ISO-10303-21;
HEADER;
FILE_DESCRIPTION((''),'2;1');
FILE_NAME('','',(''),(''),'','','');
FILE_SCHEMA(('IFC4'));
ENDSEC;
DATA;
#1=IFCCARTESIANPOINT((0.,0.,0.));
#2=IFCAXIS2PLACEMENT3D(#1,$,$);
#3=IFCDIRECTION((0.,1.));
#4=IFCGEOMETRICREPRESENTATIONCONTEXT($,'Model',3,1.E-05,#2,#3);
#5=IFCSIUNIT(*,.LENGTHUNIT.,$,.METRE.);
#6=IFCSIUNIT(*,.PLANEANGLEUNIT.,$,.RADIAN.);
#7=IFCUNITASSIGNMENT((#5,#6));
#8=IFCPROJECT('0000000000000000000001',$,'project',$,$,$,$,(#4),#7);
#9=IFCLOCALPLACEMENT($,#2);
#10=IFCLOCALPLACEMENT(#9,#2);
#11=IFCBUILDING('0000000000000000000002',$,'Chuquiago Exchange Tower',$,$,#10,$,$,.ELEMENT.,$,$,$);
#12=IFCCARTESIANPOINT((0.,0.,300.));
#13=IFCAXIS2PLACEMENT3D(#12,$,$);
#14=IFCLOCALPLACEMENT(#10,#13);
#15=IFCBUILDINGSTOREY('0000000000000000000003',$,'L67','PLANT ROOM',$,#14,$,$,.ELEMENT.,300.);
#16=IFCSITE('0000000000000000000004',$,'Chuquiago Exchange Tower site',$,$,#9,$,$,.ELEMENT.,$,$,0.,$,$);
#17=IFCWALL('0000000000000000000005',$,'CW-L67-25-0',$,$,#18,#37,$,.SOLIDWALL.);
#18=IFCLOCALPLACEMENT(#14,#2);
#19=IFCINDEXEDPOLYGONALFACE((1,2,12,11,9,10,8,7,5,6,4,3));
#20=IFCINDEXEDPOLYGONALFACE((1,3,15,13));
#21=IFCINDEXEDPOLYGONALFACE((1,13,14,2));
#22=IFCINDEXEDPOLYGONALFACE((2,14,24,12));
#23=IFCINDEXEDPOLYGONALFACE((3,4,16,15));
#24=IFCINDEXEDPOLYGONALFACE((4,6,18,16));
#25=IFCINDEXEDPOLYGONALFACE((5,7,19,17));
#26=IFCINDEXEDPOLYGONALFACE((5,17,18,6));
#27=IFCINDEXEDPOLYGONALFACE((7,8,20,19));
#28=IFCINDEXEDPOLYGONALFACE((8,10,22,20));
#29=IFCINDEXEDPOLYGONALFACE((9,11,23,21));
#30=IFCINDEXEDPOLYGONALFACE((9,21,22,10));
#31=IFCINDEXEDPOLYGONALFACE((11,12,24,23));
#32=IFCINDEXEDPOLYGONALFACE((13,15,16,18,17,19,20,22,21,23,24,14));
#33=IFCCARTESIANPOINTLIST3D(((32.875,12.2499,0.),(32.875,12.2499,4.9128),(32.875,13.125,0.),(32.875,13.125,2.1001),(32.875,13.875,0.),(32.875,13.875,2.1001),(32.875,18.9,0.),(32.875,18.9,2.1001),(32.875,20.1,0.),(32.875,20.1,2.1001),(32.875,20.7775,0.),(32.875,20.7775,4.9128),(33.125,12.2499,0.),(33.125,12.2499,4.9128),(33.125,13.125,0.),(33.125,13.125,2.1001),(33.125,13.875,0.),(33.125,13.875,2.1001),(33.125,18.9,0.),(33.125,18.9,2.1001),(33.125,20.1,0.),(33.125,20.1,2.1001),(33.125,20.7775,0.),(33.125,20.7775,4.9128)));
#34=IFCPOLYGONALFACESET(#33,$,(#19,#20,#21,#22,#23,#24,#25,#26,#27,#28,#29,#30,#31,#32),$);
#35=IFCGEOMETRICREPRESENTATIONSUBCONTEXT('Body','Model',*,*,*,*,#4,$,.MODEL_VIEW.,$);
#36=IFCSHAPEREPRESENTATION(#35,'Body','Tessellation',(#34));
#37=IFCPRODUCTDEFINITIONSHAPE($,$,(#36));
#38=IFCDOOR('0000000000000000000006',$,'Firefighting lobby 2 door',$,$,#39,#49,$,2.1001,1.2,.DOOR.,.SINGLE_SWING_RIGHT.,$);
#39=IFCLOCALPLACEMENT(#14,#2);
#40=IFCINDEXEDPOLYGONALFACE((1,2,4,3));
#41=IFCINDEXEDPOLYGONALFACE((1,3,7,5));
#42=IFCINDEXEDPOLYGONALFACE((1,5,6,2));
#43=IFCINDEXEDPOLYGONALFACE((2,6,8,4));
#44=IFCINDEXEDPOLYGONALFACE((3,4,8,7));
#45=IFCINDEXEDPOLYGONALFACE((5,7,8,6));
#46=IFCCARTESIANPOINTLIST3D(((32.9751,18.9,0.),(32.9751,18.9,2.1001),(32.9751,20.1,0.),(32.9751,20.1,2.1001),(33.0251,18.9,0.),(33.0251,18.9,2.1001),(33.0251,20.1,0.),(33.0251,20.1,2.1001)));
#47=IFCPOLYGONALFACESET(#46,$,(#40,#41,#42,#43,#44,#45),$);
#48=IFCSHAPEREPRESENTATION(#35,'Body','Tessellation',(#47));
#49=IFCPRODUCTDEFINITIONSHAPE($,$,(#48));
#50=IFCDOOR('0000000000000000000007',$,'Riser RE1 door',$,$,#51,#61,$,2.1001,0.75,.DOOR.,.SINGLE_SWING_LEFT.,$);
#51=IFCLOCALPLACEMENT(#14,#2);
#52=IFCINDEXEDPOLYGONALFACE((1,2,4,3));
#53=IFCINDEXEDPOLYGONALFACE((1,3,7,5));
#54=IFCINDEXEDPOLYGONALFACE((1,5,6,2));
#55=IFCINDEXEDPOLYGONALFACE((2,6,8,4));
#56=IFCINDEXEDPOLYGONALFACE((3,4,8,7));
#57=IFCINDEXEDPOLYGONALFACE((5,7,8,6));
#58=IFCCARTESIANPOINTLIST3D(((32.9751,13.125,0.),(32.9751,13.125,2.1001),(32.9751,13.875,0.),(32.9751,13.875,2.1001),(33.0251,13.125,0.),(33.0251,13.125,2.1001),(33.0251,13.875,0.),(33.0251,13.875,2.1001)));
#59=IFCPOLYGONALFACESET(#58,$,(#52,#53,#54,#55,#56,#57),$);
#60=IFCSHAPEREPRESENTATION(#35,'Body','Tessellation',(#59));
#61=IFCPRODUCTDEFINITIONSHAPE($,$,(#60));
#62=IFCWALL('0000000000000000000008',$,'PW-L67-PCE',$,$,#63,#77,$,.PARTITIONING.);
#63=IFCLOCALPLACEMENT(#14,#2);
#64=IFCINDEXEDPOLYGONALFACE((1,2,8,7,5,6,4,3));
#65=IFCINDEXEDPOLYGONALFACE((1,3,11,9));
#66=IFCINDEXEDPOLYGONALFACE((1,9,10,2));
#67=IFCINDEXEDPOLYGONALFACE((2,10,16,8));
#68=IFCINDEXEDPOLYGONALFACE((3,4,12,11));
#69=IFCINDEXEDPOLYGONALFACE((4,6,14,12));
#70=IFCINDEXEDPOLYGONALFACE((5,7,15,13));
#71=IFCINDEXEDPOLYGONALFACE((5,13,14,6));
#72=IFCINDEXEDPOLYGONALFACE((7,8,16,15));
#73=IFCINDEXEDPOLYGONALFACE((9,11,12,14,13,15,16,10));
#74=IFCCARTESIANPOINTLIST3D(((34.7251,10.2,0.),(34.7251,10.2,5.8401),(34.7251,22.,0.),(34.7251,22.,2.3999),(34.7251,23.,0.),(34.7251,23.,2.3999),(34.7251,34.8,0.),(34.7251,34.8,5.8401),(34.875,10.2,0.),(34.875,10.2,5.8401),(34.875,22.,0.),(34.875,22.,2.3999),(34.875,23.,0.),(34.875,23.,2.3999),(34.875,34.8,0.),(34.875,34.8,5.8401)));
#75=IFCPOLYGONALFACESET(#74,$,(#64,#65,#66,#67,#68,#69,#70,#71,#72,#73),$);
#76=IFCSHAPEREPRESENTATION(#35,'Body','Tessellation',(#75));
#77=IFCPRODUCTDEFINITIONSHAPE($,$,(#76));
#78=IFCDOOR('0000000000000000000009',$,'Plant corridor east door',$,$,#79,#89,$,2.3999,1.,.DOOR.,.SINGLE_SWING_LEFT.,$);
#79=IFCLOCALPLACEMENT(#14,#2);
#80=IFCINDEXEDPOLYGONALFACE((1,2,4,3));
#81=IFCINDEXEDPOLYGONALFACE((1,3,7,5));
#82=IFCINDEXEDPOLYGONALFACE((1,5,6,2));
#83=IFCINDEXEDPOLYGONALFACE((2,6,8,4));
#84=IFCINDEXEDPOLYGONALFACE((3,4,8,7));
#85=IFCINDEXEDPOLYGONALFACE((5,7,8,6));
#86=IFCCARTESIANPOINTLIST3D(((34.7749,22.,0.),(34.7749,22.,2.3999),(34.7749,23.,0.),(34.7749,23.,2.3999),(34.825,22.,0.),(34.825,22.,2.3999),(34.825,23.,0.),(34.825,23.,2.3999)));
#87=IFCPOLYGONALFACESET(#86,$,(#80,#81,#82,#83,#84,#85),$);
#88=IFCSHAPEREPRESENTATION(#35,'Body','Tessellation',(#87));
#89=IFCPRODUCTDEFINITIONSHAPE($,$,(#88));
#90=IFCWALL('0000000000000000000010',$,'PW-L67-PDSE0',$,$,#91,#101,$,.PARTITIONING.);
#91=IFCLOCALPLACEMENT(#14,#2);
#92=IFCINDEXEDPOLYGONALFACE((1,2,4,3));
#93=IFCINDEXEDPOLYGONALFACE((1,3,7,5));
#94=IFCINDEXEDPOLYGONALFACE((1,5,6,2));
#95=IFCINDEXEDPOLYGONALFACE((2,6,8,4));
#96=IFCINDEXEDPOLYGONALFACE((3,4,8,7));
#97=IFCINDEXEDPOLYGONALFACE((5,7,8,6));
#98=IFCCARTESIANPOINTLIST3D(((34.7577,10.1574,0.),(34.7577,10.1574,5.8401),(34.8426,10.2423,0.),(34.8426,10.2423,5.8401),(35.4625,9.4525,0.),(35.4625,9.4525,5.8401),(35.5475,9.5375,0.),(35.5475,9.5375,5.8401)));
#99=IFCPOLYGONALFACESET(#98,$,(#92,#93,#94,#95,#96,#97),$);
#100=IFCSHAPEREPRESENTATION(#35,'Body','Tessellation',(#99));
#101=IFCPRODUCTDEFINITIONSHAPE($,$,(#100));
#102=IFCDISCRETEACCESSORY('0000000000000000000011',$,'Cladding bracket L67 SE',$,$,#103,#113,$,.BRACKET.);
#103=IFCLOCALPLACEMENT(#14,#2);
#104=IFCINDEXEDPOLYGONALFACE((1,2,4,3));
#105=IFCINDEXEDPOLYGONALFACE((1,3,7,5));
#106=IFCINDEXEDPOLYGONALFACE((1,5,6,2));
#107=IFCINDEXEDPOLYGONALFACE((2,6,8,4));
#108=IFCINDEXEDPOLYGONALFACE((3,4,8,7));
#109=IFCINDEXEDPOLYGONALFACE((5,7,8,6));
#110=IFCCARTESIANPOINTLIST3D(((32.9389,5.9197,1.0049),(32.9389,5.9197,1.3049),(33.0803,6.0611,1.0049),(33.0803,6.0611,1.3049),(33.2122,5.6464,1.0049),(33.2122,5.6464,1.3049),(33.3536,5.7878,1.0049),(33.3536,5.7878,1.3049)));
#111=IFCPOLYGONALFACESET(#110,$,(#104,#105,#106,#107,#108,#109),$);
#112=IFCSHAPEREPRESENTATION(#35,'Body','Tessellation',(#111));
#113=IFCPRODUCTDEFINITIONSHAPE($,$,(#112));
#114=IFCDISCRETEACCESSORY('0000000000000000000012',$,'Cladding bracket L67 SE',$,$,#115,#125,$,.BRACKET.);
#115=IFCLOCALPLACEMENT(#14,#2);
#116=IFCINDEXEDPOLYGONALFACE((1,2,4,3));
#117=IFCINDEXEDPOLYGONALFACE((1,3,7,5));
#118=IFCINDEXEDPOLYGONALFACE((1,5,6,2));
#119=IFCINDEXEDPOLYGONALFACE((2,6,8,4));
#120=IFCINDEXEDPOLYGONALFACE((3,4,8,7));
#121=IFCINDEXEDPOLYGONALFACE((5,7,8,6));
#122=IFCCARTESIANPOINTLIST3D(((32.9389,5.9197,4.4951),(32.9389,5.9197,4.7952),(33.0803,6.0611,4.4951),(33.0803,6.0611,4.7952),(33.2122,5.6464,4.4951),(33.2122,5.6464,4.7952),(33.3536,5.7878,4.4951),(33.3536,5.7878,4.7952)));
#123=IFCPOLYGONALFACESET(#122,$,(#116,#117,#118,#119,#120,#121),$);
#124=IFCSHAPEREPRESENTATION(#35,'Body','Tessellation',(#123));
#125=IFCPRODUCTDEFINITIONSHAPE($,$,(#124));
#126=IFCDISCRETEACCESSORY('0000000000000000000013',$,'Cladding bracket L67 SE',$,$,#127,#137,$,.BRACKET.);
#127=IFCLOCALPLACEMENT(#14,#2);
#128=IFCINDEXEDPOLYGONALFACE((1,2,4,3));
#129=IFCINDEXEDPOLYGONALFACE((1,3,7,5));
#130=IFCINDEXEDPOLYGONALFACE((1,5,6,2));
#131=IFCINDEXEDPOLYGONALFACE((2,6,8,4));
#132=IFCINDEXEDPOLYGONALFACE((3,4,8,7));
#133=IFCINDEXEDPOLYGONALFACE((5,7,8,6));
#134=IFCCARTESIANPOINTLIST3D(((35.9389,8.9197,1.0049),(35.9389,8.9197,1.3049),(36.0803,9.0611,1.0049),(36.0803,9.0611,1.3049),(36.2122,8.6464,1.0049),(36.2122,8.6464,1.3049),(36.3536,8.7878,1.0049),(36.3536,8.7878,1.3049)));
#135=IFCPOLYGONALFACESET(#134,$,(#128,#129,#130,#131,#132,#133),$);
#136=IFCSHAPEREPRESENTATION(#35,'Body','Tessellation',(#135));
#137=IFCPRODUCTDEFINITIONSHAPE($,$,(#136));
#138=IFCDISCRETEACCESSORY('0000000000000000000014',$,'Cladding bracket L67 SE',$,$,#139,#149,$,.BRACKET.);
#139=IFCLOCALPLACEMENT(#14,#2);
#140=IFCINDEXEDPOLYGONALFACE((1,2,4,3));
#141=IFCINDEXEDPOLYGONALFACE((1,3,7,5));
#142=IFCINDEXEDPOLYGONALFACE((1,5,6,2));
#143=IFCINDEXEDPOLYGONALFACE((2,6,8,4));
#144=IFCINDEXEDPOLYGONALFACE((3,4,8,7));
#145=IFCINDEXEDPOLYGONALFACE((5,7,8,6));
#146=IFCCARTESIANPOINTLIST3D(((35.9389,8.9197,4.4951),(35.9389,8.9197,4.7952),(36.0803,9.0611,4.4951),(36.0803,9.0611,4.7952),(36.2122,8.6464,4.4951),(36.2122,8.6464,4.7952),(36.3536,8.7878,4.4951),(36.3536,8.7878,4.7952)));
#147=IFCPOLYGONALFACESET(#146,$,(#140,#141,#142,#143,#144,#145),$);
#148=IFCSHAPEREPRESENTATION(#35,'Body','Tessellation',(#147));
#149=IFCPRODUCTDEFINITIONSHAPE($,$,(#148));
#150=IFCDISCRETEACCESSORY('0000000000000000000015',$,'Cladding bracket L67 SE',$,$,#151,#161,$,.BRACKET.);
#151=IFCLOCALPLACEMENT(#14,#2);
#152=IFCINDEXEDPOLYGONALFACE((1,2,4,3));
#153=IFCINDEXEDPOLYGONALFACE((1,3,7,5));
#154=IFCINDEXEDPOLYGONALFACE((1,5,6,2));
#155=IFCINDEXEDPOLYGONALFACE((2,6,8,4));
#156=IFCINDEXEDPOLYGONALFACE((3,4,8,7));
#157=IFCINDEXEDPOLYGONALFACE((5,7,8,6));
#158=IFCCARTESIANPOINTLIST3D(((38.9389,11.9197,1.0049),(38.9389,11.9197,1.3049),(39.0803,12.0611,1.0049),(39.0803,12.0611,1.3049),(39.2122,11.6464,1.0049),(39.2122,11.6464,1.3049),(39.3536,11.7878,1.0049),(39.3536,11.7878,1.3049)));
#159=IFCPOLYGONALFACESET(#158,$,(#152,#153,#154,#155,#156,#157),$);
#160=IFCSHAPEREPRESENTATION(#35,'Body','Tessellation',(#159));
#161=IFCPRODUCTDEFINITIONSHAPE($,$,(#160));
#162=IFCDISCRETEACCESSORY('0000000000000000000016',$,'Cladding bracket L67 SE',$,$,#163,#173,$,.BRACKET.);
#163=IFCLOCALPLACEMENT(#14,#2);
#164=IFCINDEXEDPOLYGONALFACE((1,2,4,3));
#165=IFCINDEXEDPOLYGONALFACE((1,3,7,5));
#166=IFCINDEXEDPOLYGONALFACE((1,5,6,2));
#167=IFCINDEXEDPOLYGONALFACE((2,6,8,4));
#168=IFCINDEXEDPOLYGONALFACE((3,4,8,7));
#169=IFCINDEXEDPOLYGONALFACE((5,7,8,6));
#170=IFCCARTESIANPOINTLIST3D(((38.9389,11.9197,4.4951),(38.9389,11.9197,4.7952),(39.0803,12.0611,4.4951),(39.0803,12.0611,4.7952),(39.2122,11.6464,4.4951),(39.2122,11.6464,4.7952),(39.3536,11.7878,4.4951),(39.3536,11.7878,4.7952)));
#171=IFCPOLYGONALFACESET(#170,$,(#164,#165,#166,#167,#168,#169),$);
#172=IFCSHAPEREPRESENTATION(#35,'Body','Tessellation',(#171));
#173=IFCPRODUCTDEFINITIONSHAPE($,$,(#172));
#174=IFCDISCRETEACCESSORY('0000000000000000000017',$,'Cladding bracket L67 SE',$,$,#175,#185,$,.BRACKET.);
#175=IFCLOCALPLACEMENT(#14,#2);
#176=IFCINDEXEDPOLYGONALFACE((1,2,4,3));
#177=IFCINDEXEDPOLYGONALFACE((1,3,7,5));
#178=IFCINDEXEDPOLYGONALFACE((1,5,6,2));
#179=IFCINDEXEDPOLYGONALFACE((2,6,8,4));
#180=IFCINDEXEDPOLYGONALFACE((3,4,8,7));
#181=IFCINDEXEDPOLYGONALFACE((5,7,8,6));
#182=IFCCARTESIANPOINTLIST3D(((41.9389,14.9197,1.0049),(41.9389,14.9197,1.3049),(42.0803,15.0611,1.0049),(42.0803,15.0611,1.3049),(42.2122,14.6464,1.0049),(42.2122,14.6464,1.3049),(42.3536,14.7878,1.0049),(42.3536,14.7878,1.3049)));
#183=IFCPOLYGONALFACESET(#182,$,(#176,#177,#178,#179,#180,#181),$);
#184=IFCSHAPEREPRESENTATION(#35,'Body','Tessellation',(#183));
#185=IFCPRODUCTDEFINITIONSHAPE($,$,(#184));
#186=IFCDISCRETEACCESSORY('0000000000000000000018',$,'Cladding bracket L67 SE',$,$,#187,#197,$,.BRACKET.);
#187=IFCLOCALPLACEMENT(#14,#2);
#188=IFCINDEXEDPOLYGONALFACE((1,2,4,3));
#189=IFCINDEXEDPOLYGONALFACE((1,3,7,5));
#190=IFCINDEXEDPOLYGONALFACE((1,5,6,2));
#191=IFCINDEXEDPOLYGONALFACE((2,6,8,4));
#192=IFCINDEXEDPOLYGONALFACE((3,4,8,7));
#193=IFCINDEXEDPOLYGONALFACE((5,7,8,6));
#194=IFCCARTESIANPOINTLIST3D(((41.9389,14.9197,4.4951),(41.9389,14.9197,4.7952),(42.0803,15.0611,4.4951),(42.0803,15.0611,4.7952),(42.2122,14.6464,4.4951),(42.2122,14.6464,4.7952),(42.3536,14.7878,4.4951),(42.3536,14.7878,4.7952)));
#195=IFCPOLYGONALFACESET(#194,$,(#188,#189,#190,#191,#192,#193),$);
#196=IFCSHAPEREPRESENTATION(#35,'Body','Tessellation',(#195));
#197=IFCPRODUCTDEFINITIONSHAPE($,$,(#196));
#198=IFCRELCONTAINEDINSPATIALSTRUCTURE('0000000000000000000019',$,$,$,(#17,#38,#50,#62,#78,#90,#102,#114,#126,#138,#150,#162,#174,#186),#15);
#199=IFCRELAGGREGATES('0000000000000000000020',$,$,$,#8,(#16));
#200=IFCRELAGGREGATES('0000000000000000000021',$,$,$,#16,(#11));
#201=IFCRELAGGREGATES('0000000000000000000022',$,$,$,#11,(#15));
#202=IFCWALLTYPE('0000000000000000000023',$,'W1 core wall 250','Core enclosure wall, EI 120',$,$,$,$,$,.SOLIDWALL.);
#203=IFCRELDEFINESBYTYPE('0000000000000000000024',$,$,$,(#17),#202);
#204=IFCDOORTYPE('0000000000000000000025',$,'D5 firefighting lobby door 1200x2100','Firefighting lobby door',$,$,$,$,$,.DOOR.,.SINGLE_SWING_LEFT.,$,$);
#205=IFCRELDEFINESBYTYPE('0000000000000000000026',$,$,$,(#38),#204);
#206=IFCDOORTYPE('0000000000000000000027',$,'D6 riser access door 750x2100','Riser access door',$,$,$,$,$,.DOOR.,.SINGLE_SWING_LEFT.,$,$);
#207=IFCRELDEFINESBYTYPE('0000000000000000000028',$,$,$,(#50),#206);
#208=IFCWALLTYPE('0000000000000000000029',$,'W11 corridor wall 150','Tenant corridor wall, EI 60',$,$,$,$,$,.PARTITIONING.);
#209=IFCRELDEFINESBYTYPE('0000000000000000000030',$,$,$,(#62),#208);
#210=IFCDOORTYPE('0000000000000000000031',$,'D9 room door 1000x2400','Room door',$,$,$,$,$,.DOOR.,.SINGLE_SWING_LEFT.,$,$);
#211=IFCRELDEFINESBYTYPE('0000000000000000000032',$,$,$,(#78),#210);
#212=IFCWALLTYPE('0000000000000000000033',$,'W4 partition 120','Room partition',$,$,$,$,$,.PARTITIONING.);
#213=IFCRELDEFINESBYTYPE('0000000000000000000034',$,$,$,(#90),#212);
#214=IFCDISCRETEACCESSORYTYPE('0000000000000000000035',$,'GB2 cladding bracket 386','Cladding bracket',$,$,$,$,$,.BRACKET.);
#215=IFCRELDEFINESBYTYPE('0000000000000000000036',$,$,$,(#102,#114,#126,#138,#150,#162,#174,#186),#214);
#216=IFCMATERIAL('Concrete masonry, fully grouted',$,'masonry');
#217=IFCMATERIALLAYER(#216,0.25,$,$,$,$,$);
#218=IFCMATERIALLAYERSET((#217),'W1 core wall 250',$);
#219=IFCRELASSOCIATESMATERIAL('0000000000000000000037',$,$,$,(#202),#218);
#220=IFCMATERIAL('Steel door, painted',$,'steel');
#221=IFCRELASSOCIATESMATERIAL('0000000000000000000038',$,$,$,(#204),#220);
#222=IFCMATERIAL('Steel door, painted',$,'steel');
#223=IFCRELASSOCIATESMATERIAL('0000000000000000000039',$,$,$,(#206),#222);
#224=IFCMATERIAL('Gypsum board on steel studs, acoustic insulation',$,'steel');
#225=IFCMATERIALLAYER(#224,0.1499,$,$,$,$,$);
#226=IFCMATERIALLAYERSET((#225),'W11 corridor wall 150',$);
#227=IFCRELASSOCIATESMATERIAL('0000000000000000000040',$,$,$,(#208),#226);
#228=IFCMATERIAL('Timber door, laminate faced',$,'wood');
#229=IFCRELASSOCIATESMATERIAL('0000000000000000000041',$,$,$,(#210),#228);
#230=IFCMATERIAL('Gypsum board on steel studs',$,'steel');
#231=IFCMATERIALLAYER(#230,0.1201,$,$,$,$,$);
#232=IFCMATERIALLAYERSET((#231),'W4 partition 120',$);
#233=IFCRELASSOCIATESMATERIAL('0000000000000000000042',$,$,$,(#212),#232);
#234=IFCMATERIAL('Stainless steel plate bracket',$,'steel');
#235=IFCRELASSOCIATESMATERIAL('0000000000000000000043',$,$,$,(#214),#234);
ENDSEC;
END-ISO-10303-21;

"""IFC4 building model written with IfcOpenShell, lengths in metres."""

from ifc_helpers import new_model, si_unit, direction, frame, frame_2d, origin, origin_2d, place, context, subcontext, project, spatial, rectangle, extrude, material, layer, layer_set, type_object, element, fill, save


model = new_model("IFC4")

# Units and contexts
model_context = context("Model", 3, precision=1e-05, world=origin(), true_north=direction((0.0, 1.0)))
body_context = subcontext(model_context, "Body", "Model", "MODEL_VIEW")
ifc_project = project(units=[si_unit("LENGTHUNIT", "METRE"), si_unit("PLANEANGLEUNIT", "RADIAN")], contexts=[model_context])

# Site, building, storey
site_placement = place(None, origin())
site = spatial("IfcSite", under=ifc_project, at=site_placement, Name="Chuquiago Exchange Tower site", CompositionType="ELEMENT", RefElevation=0.0)
building_placement = place(site_placement, origin())
building = spatial("IfcBuilding", under=site, at=building_placement, Name="Chuquiago Exchange Tower", CompositionType="ELEMENT")
storey_placement = place(building_placement, frame((0.0, 0.0, 300.0)))
storey = spatial("IfcBuildingStorey", under=building, at=storey_placement, Name="L67", Description="PLANT ROOM", CompositionType="ELEMENT", Elevation=300.0)

# Wall, openings, doors
ifc_material_1 = material(Name="Concrete masonry, fully grouted", Category="masonry")
ifc_layer_1 = layer(ifc_material_1, 0.25)
ifc_layer_set_1 = layer_set([ifc_layer_1], Name="W1 core wall 250")
wall_type_1 = type_object("IfcWallType", Name="W1 core wall 250", Description="Core enclosure wall, EI 120", PredefinedType="SOLIDWALL", material=ifc_layer_set_1)
wall_1_placement = place(storey_placement, frame((33.0, 12.25, 0.0), z_axis=(0.0, 0.0, 1.0), x_axis=(0.0, 1.0, 0.0)))
wall_1 = element("IfcWall", 1, at=wall_1_placement, inside=storey, type_object=wall_type_1, Name="CW-L67-25-0", PredefinedType="SOLIDWALL", context=body_context, shape_type="SweptSolid", body=[
    extrude(rectangle(XDim=8.5276, YDim=0.25, at=frame_2d((4.2637, 0.0))), origin(), (0.0, 0.0, 1.0), 4.9128),
])
opening_1_placement = place(wall_1_placement, frame((6.6499, 0.0, 0.0)))
opening_1 = element("IfcOpeningElement", 2, at=opening_1_placement, cuts=wall_1, PredefinedType="OPENING", context=body_context, shape_type="SweptSolid", body=[
    extrude(rectangle(XDim=1.2, YDim=2.1001, at=frame_2d((0.6001, 1.05))), frame((0.0, 0.135, 0.0), z_axis=(0.0, -1.0, 0.0), x_axis=(1.0, 0.0, 0.0)), (0.0, 0.0, 1.0), 0.27),
])
opening_2_placement = place(wall_1_placement, frame((0.875, 0.0, 0.0)))
opening_2 = element("IfcOpeningElement", 3, at=opening_2_placement, cuts=wall_1, PredefinedType="OPENING", context=body_context, shape_type="SweptSolid", body=[
    extrude(rectangle(XDim=0.75, YDim=2.1001, at=frame_2d((0.375, 1.05))), frame((0.0, 0.135, 0.0), z_axis=(0.0, -1.0, 0.0), x_axis=(1.0, 0.0, 0.0)), (0.0, 0.0, 1.0), 0.27),
])
ifc_material_2 = material(Name="Steel door, painted", Category="steel")
door_type_1 = type_object("IfcDoorType", Name="D5 firefighting lobby door 1200x2100", Description="Firefighting lobby door", OperationType="SINGLE_SWING_LEFT", PredefinedType="DOOR", material=ifc_material_2)
door_1_placement = place(opening_1_placement, origin())
door_1 = element("IfcDoor", 4, at=door_1_placement, inside=storey, type_object=door_type_1, Name="Firefighting lobby 2 door", OperationType="SINGLE_SWING_RIGHT", OverallHeight=2.1001, OverallWidth=1.2, PredefinedType="DOOR", context=body_context, shape_type="SweptSolid", body=[
    extrude(rectangle(XDim=1.2, YDim=2.1001, at=frame_2d((0.6001, 1.05))), frame((0.0, 0.0249, 0.0), z_axis=(0.0, -1.0, 0.0), x_axis=(1.0, 0.0, 0.0)), (0.0, 0.0, 1.0), 0.05),
])
fill(opening_1, door_1)
ifc_material_3 = material(Name="Steel door, painted", Category="steel")
door_type_2 = type_object("IfcDoorType", Name="D6 riser access door 750x2100", Description="Riser access door", OperationType="SINGLE_SWING_LEFT", PredefinedType="DOOR", material=ifc_material_3)
door_2_placement = place(opening_2_placement, origin())
door_2 = element("IfcDoor", 5, at=door_2_placement, inside=storey, type_object=door_type_2, Name="Riser RE1 door", OperationType="SINGLE_SWING_LEFT", OverallHeight=2.1001, OverallWidth=0.75, PredefinedType="DOOR", context=body_context, shape_type="SweptSolid", body=[
    extrude(rectangle(XDim=0.75, YDim=2.1001, at=frame_2d((0.375, 1.05))), frame((0.0, 0.0249, 0.0), z_axis=(0.0, -1.0, 0.0), x_axis=(1.0, 0.0, 0.0)), (0.0, 0.0, 1.0), 0.05),
])
fill(opening_2, door_2)

# Wall, opening, door
ifc_material_4 = material(Name="Gypsum board on steel studs, acoustic insulation", Category="steel")
ifc_layer_2 = layer(ifc_material_4, 0.1499)
ifc_layer_set_2 = layer_set([ifc_layer_2], Name="W11 corridor wall 150")
wall_type_2 = type_object("IfcWallType", Name="W11 corridor wall 150", Description="Tenant corridor wall, EI 60", PredefinedType="PARTITIONING", material=ifc_layer_set_2)
wall_2_placement = place(storey_placement, frame((34.8, 10.2, 0.0), z_axis=(0.0, 0.0, 1.0), x_axis=(0.0, 1.0, 0.0)))
wall_2 = element("IfcWall", 6, at=wall_2_placement, inside=storey, type_object=wall_type_2, Name="PW-L67-PCE", PredefinedType="PARTITIONING", context=body_context, shape_type="SweptSolid", body=[
    extrude(rectangle(XDim=24.6001, YDim=0.1499, at=frame_2d((12.3, 0.0))), origin(), (0.0, 0.0, 1.0), 5.8401),
])
opening_3_placement = place(wall_2_placement, frame((11.8, 0.0, 0.0)))
opening_3 = element("IfcOpeningElement", 7, at=opening_3_placement, cuts=wall_2, PredefinedType="OPENING", context=body_context, shape_type="SweptSolid", body=[
    extrude(rectangle(XDim=1.0, YDim=2.3999, at=frame_2d((0.5, 1.2))), frame((0.0, 0.085, 0.0), z_axis=(0.0, -1.0, 0.0), x_axis=(1.0, 0.0, 0.0)), (0.0, 0.0, 1.0), 0.1699),
])
ifc_material_5 = material(Name="Timber door, laminate faced", Category="wood")
door_type_3 = type_object("IfcDoorType", Name="D9 room door 1000x2400", Description="Room door", OperationType="SINGLE_SWING_LEFT", PredefinedType="DOOR", material=ifc_material_5)
door_3_placement = place(opening_3_placement, frame((1.0, 0.0, 0.0), z_axis=(0.0, 0.0, 1.0), x_axis=(-1.0, 0.0, 0.0)))
door_3 = element("IfcDoor", 8, at=door_3_placement, inside=storey, type_object=door_type_3, Name="Plant corridor east door", OperationType="SINGLE_SWING_LEFT", OverallHeight=2.3999, OverallWidth=1.0, PredefinedType="DOOR", context=body_context, shape_type="SweptSolid", body=[
    extrude(rectangle(XDim=1.0, YDim=2.3999, at=frame_2d((0.5, 1.2))), frame((0.0, 0.0249, 0.0), z_axis=(0.0, -1.0, 0.0), x_axis=(1.0, 0.0, 0.0)), (0.0, 0.0, 1.0), 0.05),
])
fill(opening_3, door_3)

# Wall
ifc_material_6 = material(Name="Gypsum board on steel studs", Category="steel")
ifc_layer_3 = layer(ifc_material_6, 0.1201)
ifc_layer_set_3 = layer_set([ifc_layer_3], Name="W4 partition 120")
wall_type_3 = type_object("IfcWallType", Name="W4 partition 120", Description="Room partition", PredefinedType="PARTITIONING", material=ifc_layer_set_3)
wall_3_placement = place(storey_placement, frame((34.8, 10.2, 0.0), z_axis=(0.0, 0.0, 1.0), x_axis=(0.707107, -0.707107, 0.0)))
element("IfcWall", 9, at=wall_3_placement, inside=storey, type_object=wall_type_3, Name="PW-L67-PDSE0", PredefinedType="PARTITIONING", context=body_context, shape_type="SweptSolid", body=[
    extrude(rectangle(XDim=0.9968, YDim=0.1201, at=frame_2d((0.4985, 0.0))), origin(), (0.0, 0.0, 1.0), 5.8401),
])

# Discrete accessories
ifc_material_7 = material(Name="Stainless steel plate bracket", Category="steel")
discrete_accessory_type = type_object("IfcDiscreteAccessoryType", Name="GB2 cladding bracket 386", Description="Cladding bracket", PredefinedType="BRACKET", material=ifc_material_7)
for number, where, z_axis, x_axis, name in (
    (10, (33.1462, 5.8538, 1.0049), (0.0, 0.0, 1.0), (0.707107, 0.707107, 0.0), "Cladding bracket L67 SE"),
    (11, (33.1462, 5.8538, 4.4951), (0.0, 0.0, 1.0), (0.707107, 0.707107, 0.0), "Cladding bracket L67 SE"),
    (12, (36.1462, 8.8538, 1.0049), (0.0, 0.0, 1.0), (0.707107, 0.707107, 0.0), "Cladding bracket L67 SE"),
    (13, (36.1462, 8.8538, 4.4951), (0.0, 0.0, 1.0), (0.707107, 0.707107, 0.0), "Cladding bracket L67 SE"),
    (14, (39.1462, 11.8538, 1.0049), (0.0, 0.0, 1.0), (0.707107, 0.707107, 0.0), "Cladding bracket L67 SE"),
    (15, (39.1462, 11.8538, 4.4951), (0.0, 0.0, 1.0), (0.707107, 0.707107, 0.0), "Cladding bracket L67 SE"),
    (16, (42.1462, 14.8538, 1.0049), (0.0, 0.0, 1.0), (0.707107, 0.707107, 0.0), "Cladding bracket L67 SE"),
    (17, (42.1462, 14.8538, 4.4951), (0.0, 0.0, 1.0), (0.707107, 0.707107, 0.0), "Cladding bracket L67 SE"),
):
    element("IfcDiscreteAccessory", number, at=place(storey_placement, frame(where, z_axis=z_axis, x_axis=x_axis)), inside=storey, type_object=discrete_accessory_type, Name=name, PredefinedType="BRACKET", context=body_context, shape_type="SweptSolid", body=[
        extrude(rectangle(XDim=0.2, YDim=0.3865, at=origin_2d()), origin(), (0.0, 0.0, 1.0), 0.3),
    ])

save(model, "model.ifc")
